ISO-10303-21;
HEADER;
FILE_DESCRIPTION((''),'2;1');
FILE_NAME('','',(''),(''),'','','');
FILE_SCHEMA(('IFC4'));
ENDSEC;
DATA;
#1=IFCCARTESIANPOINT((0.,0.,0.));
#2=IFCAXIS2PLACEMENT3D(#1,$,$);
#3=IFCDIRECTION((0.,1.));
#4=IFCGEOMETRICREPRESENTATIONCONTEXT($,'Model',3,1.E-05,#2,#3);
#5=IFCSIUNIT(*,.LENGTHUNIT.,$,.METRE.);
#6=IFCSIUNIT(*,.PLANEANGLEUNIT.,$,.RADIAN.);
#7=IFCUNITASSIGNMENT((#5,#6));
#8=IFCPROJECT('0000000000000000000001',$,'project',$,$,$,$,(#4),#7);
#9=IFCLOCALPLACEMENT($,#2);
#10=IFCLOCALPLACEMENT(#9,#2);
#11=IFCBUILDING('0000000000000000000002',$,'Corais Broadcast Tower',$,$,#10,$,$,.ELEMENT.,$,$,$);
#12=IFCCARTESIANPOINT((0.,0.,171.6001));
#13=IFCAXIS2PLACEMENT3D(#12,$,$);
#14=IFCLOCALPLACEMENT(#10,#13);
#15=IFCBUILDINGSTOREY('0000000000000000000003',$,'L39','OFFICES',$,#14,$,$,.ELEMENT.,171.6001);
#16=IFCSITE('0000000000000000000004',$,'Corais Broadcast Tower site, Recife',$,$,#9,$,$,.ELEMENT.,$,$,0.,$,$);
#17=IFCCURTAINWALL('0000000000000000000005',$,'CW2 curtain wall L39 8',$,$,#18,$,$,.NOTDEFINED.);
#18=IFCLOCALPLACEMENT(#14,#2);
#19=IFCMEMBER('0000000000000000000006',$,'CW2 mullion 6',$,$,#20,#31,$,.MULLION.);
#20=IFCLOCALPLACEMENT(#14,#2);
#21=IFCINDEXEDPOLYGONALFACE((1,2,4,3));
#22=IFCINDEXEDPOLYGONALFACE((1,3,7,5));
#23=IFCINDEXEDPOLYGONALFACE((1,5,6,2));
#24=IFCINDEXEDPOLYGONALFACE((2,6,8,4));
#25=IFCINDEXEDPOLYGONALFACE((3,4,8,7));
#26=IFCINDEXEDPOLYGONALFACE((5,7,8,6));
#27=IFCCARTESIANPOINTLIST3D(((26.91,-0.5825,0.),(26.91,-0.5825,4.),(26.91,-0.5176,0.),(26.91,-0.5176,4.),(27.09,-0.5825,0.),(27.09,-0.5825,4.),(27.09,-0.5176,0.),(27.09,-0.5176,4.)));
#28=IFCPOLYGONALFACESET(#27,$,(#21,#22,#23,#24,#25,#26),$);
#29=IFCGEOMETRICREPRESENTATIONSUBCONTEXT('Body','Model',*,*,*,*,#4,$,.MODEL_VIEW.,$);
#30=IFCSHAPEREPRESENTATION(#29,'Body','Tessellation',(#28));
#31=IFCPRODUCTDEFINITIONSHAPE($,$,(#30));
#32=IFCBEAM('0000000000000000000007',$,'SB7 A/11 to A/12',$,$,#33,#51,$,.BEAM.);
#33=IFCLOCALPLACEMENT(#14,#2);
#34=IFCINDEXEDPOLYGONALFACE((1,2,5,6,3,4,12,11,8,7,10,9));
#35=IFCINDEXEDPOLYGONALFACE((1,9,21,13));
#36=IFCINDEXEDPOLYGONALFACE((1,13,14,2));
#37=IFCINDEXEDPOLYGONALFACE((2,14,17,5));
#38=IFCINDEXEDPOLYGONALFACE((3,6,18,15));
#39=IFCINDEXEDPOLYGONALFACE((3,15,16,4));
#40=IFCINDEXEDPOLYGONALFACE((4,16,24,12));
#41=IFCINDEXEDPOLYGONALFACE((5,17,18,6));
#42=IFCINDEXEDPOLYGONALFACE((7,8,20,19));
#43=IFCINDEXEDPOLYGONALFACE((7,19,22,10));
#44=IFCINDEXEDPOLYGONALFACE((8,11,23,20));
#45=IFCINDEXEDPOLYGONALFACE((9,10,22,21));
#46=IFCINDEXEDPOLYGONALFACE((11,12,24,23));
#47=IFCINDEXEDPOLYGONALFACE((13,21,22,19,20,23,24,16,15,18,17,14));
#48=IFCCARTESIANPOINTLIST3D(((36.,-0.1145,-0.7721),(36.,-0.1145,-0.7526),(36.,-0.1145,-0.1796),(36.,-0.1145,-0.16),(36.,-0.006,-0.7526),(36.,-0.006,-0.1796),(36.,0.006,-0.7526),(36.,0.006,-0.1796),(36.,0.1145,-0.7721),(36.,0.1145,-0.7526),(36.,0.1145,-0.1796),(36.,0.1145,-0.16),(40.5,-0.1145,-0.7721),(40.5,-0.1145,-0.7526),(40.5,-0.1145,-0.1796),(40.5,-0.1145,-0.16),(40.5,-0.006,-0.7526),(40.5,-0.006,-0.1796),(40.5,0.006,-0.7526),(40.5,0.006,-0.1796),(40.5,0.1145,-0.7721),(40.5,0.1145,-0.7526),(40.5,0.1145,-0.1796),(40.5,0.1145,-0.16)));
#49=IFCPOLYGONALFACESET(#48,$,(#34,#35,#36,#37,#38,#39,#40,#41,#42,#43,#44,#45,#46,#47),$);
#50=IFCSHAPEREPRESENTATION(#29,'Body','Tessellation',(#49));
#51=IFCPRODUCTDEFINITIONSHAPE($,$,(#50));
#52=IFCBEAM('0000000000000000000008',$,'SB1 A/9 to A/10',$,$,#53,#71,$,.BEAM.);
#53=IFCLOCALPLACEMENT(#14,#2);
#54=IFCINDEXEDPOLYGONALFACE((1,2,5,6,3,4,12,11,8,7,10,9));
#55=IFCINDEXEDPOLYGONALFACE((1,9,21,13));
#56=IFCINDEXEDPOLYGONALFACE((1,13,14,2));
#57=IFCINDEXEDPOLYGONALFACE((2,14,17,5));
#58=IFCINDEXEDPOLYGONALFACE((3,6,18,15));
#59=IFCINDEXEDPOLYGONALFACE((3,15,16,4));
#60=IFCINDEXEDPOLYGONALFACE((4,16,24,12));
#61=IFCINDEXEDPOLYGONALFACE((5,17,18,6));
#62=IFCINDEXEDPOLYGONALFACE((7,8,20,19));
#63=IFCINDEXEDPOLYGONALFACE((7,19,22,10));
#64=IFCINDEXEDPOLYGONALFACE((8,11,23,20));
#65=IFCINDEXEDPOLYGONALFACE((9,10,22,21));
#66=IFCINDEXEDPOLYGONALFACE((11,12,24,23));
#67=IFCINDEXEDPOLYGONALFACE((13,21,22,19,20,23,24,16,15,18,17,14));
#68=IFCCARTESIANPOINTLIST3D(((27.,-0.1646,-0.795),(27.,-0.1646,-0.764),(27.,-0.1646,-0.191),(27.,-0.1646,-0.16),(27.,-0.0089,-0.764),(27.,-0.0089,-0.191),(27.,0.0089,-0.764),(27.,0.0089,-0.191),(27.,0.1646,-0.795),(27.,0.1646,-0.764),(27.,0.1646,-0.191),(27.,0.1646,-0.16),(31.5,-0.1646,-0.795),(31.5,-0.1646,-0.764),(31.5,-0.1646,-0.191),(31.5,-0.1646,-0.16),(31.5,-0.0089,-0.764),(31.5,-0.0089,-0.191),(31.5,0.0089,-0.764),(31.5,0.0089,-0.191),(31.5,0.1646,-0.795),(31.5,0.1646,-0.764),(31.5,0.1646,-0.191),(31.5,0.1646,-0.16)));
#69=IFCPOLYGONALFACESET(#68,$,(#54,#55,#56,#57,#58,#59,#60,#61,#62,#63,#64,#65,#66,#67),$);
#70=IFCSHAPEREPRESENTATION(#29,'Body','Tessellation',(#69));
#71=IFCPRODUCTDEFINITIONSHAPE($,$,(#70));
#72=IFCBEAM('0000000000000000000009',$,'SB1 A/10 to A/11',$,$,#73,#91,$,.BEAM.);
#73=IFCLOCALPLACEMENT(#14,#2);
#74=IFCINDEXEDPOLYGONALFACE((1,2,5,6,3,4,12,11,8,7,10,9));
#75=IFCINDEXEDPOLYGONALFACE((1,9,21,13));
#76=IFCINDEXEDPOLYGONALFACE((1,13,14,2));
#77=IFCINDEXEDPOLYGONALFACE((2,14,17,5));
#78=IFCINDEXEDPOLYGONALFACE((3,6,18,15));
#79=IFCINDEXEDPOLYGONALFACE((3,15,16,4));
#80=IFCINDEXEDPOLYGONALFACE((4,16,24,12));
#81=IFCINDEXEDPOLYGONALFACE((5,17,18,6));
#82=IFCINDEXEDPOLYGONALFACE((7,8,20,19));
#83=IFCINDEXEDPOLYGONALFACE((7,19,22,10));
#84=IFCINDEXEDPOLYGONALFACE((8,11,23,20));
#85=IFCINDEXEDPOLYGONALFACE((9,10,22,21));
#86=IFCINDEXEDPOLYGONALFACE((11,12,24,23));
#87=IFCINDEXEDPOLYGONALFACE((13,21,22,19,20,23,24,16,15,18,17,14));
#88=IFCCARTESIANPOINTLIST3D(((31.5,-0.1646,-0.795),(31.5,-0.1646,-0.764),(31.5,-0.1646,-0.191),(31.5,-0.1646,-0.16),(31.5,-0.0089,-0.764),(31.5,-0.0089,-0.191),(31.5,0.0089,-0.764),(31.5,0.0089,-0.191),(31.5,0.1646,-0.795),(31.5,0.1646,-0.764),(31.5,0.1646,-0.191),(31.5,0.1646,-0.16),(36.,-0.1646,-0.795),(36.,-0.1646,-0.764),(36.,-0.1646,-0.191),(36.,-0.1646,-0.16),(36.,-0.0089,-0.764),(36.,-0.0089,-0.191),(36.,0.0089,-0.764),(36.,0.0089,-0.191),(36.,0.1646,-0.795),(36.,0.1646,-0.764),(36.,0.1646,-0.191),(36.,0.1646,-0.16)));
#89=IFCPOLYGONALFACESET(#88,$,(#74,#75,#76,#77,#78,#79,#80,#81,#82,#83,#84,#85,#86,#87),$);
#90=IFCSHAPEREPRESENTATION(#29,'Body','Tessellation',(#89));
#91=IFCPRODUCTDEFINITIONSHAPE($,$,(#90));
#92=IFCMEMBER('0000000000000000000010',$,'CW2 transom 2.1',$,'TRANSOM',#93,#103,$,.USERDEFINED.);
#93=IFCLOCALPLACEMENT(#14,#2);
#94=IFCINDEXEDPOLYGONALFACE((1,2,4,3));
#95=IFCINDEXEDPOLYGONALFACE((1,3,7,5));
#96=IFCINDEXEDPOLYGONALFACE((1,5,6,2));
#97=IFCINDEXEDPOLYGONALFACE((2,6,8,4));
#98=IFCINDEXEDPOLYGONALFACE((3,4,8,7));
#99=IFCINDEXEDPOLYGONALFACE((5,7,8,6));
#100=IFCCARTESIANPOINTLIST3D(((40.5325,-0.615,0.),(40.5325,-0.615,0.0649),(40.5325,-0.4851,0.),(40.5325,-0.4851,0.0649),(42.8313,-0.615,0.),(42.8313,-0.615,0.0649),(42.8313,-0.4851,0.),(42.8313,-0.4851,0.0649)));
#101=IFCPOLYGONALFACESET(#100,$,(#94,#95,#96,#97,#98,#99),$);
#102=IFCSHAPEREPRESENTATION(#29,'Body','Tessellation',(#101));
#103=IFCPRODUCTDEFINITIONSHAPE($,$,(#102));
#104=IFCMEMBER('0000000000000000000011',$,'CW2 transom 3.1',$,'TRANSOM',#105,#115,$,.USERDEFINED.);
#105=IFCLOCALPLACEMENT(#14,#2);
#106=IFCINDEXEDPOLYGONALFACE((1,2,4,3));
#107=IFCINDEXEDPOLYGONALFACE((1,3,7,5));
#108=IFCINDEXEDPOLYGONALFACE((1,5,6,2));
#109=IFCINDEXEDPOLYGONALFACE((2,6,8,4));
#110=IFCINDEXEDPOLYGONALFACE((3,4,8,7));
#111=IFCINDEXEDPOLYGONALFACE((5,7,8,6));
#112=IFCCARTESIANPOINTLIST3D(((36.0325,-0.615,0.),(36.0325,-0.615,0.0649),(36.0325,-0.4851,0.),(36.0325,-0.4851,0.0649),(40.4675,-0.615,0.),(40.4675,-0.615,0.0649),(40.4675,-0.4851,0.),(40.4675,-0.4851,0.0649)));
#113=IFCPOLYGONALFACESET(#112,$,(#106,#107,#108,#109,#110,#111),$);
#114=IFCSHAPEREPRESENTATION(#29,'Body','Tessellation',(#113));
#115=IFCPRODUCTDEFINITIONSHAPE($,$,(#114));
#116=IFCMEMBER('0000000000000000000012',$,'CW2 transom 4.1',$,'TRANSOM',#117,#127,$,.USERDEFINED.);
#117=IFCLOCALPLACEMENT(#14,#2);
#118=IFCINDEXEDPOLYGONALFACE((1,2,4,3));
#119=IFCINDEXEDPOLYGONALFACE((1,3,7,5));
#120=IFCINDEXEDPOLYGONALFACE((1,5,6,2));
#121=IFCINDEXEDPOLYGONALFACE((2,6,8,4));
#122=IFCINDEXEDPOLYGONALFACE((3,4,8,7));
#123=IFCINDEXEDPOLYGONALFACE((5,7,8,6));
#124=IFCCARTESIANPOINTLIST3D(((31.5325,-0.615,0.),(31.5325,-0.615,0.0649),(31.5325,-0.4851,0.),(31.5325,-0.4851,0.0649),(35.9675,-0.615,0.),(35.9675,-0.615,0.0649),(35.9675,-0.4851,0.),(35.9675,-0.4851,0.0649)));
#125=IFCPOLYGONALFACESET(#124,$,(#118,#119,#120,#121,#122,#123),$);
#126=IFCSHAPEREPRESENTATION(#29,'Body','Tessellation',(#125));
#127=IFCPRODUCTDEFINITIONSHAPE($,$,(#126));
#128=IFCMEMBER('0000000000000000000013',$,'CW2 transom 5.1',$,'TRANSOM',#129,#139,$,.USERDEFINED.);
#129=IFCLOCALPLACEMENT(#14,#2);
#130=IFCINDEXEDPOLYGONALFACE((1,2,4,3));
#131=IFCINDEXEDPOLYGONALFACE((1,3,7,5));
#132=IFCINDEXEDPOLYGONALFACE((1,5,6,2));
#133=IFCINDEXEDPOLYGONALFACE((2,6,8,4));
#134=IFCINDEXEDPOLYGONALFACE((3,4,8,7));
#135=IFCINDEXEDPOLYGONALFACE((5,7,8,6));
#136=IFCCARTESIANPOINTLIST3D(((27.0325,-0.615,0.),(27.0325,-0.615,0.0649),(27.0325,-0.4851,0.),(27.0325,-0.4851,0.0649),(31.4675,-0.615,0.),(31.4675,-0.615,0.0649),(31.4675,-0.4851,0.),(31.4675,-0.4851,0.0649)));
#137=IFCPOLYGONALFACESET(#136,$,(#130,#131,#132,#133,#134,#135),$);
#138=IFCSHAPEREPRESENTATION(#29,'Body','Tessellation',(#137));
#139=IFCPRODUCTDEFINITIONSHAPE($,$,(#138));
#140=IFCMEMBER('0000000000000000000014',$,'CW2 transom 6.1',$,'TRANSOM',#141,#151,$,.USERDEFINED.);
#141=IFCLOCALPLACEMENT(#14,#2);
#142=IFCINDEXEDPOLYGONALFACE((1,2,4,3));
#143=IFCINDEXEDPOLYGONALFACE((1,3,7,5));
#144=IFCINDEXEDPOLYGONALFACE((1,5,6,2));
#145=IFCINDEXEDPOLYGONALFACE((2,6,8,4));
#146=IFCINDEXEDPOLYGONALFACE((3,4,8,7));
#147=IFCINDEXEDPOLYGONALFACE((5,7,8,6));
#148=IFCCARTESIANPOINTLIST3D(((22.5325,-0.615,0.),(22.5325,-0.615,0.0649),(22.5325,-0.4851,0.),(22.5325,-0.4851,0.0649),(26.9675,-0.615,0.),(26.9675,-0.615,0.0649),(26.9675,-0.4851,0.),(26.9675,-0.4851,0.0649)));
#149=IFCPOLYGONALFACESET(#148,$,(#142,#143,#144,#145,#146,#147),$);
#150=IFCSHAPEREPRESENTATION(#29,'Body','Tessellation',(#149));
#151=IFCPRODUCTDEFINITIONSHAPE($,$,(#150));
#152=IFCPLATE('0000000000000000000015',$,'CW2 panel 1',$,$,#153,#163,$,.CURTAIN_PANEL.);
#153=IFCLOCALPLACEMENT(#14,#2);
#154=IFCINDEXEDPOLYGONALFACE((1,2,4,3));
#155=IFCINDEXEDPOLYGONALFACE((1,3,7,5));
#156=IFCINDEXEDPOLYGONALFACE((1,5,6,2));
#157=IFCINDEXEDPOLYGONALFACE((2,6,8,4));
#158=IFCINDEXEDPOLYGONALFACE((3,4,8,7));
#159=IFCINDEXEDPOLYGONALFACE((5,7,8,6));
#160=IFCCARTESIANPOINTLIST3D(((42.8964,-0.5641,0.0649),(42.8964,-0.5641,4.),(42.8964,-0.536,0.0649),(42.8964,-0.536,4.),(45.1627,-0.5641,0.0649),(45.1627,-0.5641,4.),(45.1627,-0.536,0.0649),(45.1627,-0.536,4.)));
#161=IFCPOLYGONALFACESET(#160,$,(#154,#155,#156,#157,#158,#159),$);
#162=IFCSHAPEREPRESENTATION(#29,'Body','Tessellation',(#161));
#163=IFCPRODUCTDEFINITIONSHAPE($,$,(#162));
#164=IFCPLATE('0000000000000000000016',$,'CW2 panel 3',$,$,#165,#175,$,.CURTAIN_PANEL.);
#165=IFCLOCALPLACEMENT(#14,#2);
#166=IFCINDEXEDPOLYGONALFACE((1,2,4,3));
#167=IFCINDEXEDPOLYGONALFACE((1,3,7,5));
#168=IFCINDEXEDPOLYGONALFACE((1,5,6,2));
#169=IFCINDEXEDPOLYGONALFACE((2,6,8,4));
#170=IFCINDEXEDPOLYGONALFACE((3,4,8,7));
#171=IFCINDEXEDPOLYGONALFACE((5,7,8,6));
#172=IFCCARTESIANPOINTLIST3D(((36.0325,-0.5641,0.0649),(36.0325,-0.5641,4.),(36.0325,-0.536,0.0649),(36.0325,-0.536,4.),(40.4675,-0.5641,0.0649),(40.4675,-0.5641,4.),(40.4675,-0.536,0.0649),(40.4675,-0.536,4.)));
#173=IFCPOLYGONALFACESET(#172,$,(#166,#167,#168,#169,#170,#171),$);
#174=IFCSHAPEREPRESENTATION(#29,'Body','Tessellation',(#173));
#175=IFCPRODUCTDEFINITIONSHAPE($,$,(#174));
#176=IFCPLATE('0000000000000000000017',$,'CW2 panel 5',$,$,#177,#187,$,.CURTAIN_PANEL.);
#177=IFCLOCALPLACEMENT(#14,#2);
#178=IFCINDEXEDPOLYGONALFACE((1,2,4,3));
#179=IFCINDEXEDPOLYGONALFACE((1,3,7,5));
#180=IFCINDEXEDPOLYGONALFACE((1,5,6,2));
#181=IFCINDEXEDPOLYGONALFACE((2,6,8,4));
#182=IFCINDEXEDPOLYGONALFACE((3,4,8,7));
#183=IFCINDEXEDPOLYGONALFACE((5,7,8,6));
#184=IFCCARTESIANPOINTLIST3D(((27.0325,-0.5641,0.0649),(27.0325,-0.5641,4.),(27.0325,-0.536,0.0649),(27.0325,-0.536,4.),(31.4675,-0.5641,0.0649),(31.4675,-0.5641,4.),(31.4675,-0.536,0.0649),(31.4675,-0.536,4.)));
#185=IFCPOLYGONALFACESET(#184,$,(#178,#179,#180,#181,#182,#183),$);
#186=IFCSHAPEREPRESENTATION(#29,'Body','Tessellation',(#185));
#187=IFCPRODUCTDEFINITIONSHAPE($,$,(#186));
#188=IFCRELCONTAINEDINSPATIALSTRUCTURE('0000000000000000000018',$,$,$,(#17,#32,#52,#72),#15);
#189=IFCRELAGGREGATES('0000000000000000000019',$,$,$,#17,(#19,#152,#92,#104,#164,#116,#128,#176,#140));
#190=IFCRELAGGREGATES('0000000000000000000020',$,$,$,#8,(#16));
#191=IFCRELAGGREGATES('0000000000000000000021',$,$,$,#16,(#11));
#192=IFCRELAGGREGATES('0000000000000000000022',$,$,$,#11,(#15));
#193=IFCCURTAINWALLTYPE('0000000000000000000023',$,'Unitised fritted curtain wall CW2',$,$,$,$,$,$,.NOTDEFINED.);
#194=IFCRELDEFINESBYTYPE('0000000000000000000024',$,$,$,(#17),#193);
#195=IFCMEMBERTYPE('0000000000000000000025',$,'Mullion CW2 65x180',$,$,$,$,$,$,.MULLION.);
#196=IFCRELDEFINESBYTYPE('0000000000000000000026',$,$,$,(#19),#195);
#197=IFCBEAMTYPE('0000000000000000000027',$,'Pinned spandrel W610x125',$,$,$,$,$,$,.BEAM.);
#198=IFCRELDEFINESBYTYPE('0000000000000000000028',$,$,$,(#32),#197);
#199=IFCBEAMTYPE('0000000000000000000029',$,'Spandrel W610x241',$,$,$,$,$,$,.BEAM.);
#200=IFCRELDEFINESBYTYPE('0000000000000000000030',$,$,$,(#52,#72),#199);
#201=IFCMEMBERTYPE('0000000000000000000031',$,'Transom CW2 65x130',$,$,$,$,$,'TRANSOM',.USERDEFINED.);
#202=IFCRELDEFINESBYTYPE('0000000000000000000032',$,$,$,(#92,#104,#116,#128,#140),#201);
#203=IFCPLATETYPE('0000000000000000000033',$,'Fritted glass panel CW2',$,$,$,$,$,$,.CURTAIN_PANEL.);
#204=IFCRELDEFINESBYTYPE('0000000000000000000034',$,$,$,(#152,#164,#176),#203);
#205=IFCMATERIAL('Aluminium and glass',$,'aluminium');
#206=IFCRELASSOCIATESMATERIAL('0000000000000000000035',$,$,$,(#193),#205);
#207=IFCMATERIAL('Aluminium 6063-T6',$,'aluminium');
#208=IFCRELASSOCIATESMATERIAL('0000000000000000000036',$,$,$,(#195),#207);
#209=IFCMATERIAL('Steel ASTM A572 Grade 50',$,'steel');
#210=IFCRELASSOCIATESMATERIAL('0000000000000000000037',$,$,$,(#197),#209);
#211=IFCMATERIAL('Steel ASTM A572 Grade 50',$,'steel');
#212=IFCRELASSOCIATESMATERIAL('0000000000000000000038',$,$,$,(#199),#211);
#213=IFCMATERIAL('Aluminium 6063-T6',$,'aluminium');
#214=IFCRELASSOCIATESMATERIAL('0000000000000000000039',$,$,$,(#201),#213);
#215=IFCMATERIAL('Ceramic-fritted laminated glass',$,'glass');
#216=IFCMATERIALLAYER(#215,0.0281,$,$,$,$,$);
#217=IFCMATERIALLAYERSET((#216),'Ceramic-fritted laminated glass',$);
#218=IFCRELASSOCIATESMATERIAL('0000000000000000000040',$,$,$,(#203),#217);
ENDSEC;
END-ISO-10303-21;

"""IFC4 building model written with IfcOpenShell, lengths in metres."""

from ifc_helpers import new_model, si_unit, direction, frame, origin, origin_2d, place, context, subcontext, project, spatial, rectangle, i_section, extrude, material, layer, layer_set, material_profile, profile_set, type_object, element, aggregate, save


model = new_model("IFC4")

# Units and contexts
model_context = context("Model", 3, precision=1e-05, world=origin(), true_north=direction((0.0, 1.0)))
body_context = subcontext(model_context, "Body", "Model", "MODEL_VIEW")
ifc_project = project(units=[si_unit("LENGTHUNIT", "METRE"), si_unit("PLANEANGLEUNIT", "RADIAN")], contexts=[model_context])

# Site, building, storey
site_placement = place(None, origin())
site = spatial("IfcSite", under=ifc_project, at=site_placement, Name="Corais Broadcast Tower site, Recife", CompositionType="ELEMENT", RefElevation=0.0)
building_placement = place(site_placement, origin())
building = spatial("IfcBuilding", under=site, at=building_placement, Name="Corais Broadcast Tower", CompositionType="ELEMENT")
storey_placement = place(building_placement, frame((0.0, 0.0, 171.6001)))
storey = spatial("IfcBuildingStorey", under=building, at=storey_placement, Name="L39", Description="OFFICES", CompositionType="ELEMENT", Elevation=171.6001)

# Curtain wall, member
ifc_material_1 = material(Name="Aluminium and glass", Category="aluminium")
curtain_wall_type = type_object("IfcCurtainWallType", Name="Unitised fritted curtain wall CW2", PredefinedType="NOTDEFINED", material=ifc_material_1)
curtain_wall_placement = place(storey_placement, origin())
curtain_wall = element("IfcCurtainWall", 1, at=curtain_wall_placement, inside=storey, type_object=curtain_wall_type, Name="CW2 curtain wall L39 8", PredefinedType="NOTDEFINED")
ifc_material_2 = material(Name="Aluminium 6063-T6", Category="aluminium")
ifc_material_profile_1 = material_profile(ifc_material_2, rectangle(XDim=0.0649, YDim=0.1799, at=origin_2d()), Name="Mullion CW2 65x180")
ifc_profile_set_1 = profile_set([ifc_material_profile_1], Name="Aluminium 6063-T6")
member_type_1 = type_object("IfcMemberType", Name="Mullion CW2 65x180", PredefinedType="MULLION", material=ifc_profile_set_1)
member_1_placement = place(storey_placement, frame((27.0, -0.55, 0.0), z_axis=(0.0, 0.0, 1.0), x_axis=(0.0, -1.0, 0.0)))
member_1 = element("IfcMember", 2, at=member_1_placement, type_object=member_type_1, Name="CW2 mullion 6", PredefinedType="MULLION", context=body_context, shape_type="SweptSolid", body=[
    extrude(rectangle(XDim=0.0649, YDim=0.1799, at=origin_2d()), origin(), (0.0, 0.0, 1.0), 4.0),
])

# Beams
ifc_material_3 = material(Name="Steel ASTM A572 Grade 50", Category="steel")
ifc_material_profile_2 = material_profile(ifc_material_3, i_section(OverallWidth=0.229, OverallDepth=0.6121, WebThickness=0.012, FlangeThickness=0.0195, at=origin_2d()), Name="W610x125")
ifc_profile_set_2 = profile_set([ifc_material_profile_2], Name="Steel ASTM A572 Grade 50")
beam_type_1 = type_object("IfcBeamType", Name="Pinned spandrel W610x125", PredefinedType="BEAM", material=ifc_profile_set_2)
beam_placement = place(storey_placement, frame((36.0, 0.0, -0.4661), z_axis=(1.0, 0.0, 0.0), x_axis=(0.0, 1.0, 0.0)))
element("IfcBeam", 3, at=beam_placement, inside=storey, type_object=beam_type_1, Name="SB7 A/11 to A/12", PredefinedType="BEAM", context=body_context, shape_type="SweptSolid", body=[
    extrude(i_section(OverallWidth=0.229, OverallDepth=0.6121, WebThickness=0.012, FlangeThickness=0.0195, at=origin_2d()), origin(), (0.0, 0.0, 1.0), 4.5),
])
ifc_material_4 = material(Name="Steel ASTM A572 Grade 50", Category="steel")
ifc_material_profile_3 = material_profile(ifc_material_4, i_section(OverallWidth=0.3291, OverallDepth=0.635, WebThickness=0.0178, FlangeThickness=0.031, at=origin_2d()), Name="W610x241")
ifc_profile_set_3 = profile_set([ifc_material_profile_3], Name="Steel ASTM A572 Grade 50")
beam_type_2 = type_object("IfcBeamType", Name="Spandrel W610x241", PredefinedType="BEAM", material=ifc_profile_set_3)
for number, where, z_axis, x_axis, name in (
    (4, (27.0, 0.0, -0.4775), (1.0, 0.0, 0.0), (0.0, 1.0, 0.0), "SB1 A/9 to A/10"),
    (5, (31.5, 0.0, -0.4775), (1.0, 0.0, 0.0), (0.0, 1.0, 0.0), "SB1 A/10 to A/11"),
):
    element("IfcBeam", number, at=place(storey_placement, frame(where, z_axis=z_axis, x_axis=x_axis)), inside=storey, type_object=beam_type_2, Name=name, PredefinedType="BEAM", context=body_context, shape_type="SweptSolid", body=[
        extrude(i_section(OverallWidth=0.3291, OverallDepth=0.635, WebThickness=0.0178, FlangeThickness=0.031, at=origin_2d()), origin(), (0.0, 0.0, 1.0), 4.5),
    ])

# Members
ifc_material_5 = material(Name="Aluminium 6063-T6", Category="aluminium")
ifc_material_profile_4 = material_profile(ifc_material_5, rectangle(XDim=0.1299, YDim=0.0649, at=origin_2d()), Name="Transom CW2 65x130")
ifc_profile_set_4 = profile_set([ifc_material_profile_4], Name="Aluminium 6063-T6")
member_type_2 = type_object("IfcMemberType", Name="Transom CW2 65x130", ElementType="TRANSOM", PredefinedType="USERDEFINED", material=ifc_profile_set_4)
member_2_placement = place(storey_placement, frame((42.8313, -0.55, 0.0325), z_axis=(-1.0, 0.0, 0.0), x_axis=(0.0, -1.0, 0.0)))
member_2 = element("IfcMember", 6, at=member_2_placement, type_object=member_type_2, Name="CW2 transom 2.1", ObjectType="TRANSOM", PredefinedType="USERDEFINED", context=body_context, shape_type="SweptSolid", body=[
    extrude(rectangle(XDim=0.1299, YDim=0.0649, at=origin_2d()), origin(), (0.0, 0.0, 1.0), 2.2988),
])
member_3_placement = place(storey_placement, frame((40.4675, -0.55, 0.0325), z_axis=(-1.0, 0.0, 0.0), x_axis=(0.0, -1.0, 0.0)))
member_3 = element("IfcMember", 7, at=member_3_placement, type_object=member_type_2, Name="CW2 transom 3.1", ObjectType="TRANSOM", PredefinedType="USERDEFINED", context=body_context, shape_type="SweptSolid", body=[
    extrude(rectangle(XDim=0.1299, YDim=0.0649, at=origin_2d()), origin(), (0.0, 0.0, 1.0), 4.4351),
])
member_4_placement = place(storey_placement, frame((35.9675, -0.55, 0.0325), z_axis=(-1.0, 0.0, 0.0), x_axis=(0.0, -1.0, 0.0)))
member_4 = element("IfcMember", 8, at=member_4_placement, type_object=member_type_2, Name="CW2 transom 4.1", ObjectType="TRANSOM", PredefinedType="USERDEFINED", context=body_context, shape_type="SweptSolid", body=[
    extrude(rectangle(XDim=0.1299, YDim=0.0649, at=origin_2d()), origin(), (0.0, 0.0, 1.0), 4.4351),
])
member_5_placement = place(storey_placement, frame((31.4675, -0.55, 0.0325), z_axis=(-1.0, 0.0, 0.0), x_axis=(0.0, -1.0, 0.0)))
member_5 = element("IfcMember", 9, at=member_5_placement, type_object=member_type_2, Name="CW2 transom 5.1", ObjectType="TRANSOM", PredefinedType="USERDEFINED", context=body_context, shape_type="SweptSolid", body=[
    extrude(rectangle(XDim=0.1299, YDim=0.0649, at=origin_2d()), origin(), (0.0, 0.0, 1.0), 4.4351),
])
member_6_placement = place(storey_placement, frame((26.9675, -0.55, 0.0325), z_axis=(-1.0, 0.0, 0.0), x_axis=(0.0, -1.0, 0.0)))
member_6 = element("IfcMember", 10, at=member_6_placement, type_object=member_type_2, Name="CW2 transom 6.1", ObjectType="TRANSOM", PredefinedType="USERDEFINED", context=body_context, shape_type="SweptSolid", body=[
    extrude(rectangle(XDim=0.1299, YDim=0.0649, at=origin_2d()), origin(), (0.0, 0.0, 1.0), 4.4351),
])

# Plates
ifc_material_6 = material(Name="Ceramic-fritted laminated glass", Category="glass")
ifc_layer_1 = layer(ifc_material_6, 0.0281)
ifc_layer_set_1 = layer_set([ifc_layer_1], Name="Ceramic-fritted laminated glass")
plate_type_1 = type_object("IfcPlateType", Name="Fritted glass panel CW2", PredefinedType="CURTAIN_PANEL", material=ifc_layer_set_1)
plate_1_placement = place(storey_placement, frame((44.0295, -0.55, 0.0649), z_axis=(0.0, 0.0, 1.0), x_axis=(-1.0, 0.0, 0.0)))
plate_1 = element("IfcPlate", 11, at=plate_1_placement, type_object=plate_type_1, Name="CW2 panel 1", PredefinedType="CURTAIN_PANEL", context=body_context, shape_type="SweptSolid", body=[
    extrude(rectangle(XDim=2.2664, YDim=0.0281, at=origin_2d()), origin(), (0.0, 0.0, 1.0), 3.9351),
])
plate_2_placement = place(storey_placement, frame((38.25, -0.55, 0.0649), z_axis=(0.0, 0.0, 1.0), x_axis=(-1.0, 0.0, 0.0)))
plate_2 = element("IfcPlate", 12, at=plate_2_placement, type_object=plate_type_1, Name="CW2 panel 3", PredefinedType="CURTAIN_PANEL", context=body_context, shape_type="SweptSolid", body=[
    extrude(rectangle(XDim=4.4351, YDim=0.0281, at=origin_2d()), origin(), (0.0, 0.0, 1.0), 3.9351),
])
plate_3_placement = place(storey_placement, frame((29.25, -0.55, 0.0649), z_axis=(0.0, 0.0, 1.0), x_axis=(-1.0, 0.0, 0.0)))
plate_3 = element("IfcPlate", 13, at=plate_3_placement, type_object=plate_type_1, Name="CW2 panel 5", PredefinedType="CURTAIN_PANEL", context=body_context, shape_type="SweptSolid", body=[
    extrude(rectangle(XDim=4.4351, YDim=0.0281, at=origin_2d()), origin(), (0.0, 0.0, 1.0), 3.9351),
])
aggregate(curtain_wall, [member_1, plate_1, member_2, member_3, plate_2, member_4, member_5, plate_3, member_6])

save(model, "model.ifc")
